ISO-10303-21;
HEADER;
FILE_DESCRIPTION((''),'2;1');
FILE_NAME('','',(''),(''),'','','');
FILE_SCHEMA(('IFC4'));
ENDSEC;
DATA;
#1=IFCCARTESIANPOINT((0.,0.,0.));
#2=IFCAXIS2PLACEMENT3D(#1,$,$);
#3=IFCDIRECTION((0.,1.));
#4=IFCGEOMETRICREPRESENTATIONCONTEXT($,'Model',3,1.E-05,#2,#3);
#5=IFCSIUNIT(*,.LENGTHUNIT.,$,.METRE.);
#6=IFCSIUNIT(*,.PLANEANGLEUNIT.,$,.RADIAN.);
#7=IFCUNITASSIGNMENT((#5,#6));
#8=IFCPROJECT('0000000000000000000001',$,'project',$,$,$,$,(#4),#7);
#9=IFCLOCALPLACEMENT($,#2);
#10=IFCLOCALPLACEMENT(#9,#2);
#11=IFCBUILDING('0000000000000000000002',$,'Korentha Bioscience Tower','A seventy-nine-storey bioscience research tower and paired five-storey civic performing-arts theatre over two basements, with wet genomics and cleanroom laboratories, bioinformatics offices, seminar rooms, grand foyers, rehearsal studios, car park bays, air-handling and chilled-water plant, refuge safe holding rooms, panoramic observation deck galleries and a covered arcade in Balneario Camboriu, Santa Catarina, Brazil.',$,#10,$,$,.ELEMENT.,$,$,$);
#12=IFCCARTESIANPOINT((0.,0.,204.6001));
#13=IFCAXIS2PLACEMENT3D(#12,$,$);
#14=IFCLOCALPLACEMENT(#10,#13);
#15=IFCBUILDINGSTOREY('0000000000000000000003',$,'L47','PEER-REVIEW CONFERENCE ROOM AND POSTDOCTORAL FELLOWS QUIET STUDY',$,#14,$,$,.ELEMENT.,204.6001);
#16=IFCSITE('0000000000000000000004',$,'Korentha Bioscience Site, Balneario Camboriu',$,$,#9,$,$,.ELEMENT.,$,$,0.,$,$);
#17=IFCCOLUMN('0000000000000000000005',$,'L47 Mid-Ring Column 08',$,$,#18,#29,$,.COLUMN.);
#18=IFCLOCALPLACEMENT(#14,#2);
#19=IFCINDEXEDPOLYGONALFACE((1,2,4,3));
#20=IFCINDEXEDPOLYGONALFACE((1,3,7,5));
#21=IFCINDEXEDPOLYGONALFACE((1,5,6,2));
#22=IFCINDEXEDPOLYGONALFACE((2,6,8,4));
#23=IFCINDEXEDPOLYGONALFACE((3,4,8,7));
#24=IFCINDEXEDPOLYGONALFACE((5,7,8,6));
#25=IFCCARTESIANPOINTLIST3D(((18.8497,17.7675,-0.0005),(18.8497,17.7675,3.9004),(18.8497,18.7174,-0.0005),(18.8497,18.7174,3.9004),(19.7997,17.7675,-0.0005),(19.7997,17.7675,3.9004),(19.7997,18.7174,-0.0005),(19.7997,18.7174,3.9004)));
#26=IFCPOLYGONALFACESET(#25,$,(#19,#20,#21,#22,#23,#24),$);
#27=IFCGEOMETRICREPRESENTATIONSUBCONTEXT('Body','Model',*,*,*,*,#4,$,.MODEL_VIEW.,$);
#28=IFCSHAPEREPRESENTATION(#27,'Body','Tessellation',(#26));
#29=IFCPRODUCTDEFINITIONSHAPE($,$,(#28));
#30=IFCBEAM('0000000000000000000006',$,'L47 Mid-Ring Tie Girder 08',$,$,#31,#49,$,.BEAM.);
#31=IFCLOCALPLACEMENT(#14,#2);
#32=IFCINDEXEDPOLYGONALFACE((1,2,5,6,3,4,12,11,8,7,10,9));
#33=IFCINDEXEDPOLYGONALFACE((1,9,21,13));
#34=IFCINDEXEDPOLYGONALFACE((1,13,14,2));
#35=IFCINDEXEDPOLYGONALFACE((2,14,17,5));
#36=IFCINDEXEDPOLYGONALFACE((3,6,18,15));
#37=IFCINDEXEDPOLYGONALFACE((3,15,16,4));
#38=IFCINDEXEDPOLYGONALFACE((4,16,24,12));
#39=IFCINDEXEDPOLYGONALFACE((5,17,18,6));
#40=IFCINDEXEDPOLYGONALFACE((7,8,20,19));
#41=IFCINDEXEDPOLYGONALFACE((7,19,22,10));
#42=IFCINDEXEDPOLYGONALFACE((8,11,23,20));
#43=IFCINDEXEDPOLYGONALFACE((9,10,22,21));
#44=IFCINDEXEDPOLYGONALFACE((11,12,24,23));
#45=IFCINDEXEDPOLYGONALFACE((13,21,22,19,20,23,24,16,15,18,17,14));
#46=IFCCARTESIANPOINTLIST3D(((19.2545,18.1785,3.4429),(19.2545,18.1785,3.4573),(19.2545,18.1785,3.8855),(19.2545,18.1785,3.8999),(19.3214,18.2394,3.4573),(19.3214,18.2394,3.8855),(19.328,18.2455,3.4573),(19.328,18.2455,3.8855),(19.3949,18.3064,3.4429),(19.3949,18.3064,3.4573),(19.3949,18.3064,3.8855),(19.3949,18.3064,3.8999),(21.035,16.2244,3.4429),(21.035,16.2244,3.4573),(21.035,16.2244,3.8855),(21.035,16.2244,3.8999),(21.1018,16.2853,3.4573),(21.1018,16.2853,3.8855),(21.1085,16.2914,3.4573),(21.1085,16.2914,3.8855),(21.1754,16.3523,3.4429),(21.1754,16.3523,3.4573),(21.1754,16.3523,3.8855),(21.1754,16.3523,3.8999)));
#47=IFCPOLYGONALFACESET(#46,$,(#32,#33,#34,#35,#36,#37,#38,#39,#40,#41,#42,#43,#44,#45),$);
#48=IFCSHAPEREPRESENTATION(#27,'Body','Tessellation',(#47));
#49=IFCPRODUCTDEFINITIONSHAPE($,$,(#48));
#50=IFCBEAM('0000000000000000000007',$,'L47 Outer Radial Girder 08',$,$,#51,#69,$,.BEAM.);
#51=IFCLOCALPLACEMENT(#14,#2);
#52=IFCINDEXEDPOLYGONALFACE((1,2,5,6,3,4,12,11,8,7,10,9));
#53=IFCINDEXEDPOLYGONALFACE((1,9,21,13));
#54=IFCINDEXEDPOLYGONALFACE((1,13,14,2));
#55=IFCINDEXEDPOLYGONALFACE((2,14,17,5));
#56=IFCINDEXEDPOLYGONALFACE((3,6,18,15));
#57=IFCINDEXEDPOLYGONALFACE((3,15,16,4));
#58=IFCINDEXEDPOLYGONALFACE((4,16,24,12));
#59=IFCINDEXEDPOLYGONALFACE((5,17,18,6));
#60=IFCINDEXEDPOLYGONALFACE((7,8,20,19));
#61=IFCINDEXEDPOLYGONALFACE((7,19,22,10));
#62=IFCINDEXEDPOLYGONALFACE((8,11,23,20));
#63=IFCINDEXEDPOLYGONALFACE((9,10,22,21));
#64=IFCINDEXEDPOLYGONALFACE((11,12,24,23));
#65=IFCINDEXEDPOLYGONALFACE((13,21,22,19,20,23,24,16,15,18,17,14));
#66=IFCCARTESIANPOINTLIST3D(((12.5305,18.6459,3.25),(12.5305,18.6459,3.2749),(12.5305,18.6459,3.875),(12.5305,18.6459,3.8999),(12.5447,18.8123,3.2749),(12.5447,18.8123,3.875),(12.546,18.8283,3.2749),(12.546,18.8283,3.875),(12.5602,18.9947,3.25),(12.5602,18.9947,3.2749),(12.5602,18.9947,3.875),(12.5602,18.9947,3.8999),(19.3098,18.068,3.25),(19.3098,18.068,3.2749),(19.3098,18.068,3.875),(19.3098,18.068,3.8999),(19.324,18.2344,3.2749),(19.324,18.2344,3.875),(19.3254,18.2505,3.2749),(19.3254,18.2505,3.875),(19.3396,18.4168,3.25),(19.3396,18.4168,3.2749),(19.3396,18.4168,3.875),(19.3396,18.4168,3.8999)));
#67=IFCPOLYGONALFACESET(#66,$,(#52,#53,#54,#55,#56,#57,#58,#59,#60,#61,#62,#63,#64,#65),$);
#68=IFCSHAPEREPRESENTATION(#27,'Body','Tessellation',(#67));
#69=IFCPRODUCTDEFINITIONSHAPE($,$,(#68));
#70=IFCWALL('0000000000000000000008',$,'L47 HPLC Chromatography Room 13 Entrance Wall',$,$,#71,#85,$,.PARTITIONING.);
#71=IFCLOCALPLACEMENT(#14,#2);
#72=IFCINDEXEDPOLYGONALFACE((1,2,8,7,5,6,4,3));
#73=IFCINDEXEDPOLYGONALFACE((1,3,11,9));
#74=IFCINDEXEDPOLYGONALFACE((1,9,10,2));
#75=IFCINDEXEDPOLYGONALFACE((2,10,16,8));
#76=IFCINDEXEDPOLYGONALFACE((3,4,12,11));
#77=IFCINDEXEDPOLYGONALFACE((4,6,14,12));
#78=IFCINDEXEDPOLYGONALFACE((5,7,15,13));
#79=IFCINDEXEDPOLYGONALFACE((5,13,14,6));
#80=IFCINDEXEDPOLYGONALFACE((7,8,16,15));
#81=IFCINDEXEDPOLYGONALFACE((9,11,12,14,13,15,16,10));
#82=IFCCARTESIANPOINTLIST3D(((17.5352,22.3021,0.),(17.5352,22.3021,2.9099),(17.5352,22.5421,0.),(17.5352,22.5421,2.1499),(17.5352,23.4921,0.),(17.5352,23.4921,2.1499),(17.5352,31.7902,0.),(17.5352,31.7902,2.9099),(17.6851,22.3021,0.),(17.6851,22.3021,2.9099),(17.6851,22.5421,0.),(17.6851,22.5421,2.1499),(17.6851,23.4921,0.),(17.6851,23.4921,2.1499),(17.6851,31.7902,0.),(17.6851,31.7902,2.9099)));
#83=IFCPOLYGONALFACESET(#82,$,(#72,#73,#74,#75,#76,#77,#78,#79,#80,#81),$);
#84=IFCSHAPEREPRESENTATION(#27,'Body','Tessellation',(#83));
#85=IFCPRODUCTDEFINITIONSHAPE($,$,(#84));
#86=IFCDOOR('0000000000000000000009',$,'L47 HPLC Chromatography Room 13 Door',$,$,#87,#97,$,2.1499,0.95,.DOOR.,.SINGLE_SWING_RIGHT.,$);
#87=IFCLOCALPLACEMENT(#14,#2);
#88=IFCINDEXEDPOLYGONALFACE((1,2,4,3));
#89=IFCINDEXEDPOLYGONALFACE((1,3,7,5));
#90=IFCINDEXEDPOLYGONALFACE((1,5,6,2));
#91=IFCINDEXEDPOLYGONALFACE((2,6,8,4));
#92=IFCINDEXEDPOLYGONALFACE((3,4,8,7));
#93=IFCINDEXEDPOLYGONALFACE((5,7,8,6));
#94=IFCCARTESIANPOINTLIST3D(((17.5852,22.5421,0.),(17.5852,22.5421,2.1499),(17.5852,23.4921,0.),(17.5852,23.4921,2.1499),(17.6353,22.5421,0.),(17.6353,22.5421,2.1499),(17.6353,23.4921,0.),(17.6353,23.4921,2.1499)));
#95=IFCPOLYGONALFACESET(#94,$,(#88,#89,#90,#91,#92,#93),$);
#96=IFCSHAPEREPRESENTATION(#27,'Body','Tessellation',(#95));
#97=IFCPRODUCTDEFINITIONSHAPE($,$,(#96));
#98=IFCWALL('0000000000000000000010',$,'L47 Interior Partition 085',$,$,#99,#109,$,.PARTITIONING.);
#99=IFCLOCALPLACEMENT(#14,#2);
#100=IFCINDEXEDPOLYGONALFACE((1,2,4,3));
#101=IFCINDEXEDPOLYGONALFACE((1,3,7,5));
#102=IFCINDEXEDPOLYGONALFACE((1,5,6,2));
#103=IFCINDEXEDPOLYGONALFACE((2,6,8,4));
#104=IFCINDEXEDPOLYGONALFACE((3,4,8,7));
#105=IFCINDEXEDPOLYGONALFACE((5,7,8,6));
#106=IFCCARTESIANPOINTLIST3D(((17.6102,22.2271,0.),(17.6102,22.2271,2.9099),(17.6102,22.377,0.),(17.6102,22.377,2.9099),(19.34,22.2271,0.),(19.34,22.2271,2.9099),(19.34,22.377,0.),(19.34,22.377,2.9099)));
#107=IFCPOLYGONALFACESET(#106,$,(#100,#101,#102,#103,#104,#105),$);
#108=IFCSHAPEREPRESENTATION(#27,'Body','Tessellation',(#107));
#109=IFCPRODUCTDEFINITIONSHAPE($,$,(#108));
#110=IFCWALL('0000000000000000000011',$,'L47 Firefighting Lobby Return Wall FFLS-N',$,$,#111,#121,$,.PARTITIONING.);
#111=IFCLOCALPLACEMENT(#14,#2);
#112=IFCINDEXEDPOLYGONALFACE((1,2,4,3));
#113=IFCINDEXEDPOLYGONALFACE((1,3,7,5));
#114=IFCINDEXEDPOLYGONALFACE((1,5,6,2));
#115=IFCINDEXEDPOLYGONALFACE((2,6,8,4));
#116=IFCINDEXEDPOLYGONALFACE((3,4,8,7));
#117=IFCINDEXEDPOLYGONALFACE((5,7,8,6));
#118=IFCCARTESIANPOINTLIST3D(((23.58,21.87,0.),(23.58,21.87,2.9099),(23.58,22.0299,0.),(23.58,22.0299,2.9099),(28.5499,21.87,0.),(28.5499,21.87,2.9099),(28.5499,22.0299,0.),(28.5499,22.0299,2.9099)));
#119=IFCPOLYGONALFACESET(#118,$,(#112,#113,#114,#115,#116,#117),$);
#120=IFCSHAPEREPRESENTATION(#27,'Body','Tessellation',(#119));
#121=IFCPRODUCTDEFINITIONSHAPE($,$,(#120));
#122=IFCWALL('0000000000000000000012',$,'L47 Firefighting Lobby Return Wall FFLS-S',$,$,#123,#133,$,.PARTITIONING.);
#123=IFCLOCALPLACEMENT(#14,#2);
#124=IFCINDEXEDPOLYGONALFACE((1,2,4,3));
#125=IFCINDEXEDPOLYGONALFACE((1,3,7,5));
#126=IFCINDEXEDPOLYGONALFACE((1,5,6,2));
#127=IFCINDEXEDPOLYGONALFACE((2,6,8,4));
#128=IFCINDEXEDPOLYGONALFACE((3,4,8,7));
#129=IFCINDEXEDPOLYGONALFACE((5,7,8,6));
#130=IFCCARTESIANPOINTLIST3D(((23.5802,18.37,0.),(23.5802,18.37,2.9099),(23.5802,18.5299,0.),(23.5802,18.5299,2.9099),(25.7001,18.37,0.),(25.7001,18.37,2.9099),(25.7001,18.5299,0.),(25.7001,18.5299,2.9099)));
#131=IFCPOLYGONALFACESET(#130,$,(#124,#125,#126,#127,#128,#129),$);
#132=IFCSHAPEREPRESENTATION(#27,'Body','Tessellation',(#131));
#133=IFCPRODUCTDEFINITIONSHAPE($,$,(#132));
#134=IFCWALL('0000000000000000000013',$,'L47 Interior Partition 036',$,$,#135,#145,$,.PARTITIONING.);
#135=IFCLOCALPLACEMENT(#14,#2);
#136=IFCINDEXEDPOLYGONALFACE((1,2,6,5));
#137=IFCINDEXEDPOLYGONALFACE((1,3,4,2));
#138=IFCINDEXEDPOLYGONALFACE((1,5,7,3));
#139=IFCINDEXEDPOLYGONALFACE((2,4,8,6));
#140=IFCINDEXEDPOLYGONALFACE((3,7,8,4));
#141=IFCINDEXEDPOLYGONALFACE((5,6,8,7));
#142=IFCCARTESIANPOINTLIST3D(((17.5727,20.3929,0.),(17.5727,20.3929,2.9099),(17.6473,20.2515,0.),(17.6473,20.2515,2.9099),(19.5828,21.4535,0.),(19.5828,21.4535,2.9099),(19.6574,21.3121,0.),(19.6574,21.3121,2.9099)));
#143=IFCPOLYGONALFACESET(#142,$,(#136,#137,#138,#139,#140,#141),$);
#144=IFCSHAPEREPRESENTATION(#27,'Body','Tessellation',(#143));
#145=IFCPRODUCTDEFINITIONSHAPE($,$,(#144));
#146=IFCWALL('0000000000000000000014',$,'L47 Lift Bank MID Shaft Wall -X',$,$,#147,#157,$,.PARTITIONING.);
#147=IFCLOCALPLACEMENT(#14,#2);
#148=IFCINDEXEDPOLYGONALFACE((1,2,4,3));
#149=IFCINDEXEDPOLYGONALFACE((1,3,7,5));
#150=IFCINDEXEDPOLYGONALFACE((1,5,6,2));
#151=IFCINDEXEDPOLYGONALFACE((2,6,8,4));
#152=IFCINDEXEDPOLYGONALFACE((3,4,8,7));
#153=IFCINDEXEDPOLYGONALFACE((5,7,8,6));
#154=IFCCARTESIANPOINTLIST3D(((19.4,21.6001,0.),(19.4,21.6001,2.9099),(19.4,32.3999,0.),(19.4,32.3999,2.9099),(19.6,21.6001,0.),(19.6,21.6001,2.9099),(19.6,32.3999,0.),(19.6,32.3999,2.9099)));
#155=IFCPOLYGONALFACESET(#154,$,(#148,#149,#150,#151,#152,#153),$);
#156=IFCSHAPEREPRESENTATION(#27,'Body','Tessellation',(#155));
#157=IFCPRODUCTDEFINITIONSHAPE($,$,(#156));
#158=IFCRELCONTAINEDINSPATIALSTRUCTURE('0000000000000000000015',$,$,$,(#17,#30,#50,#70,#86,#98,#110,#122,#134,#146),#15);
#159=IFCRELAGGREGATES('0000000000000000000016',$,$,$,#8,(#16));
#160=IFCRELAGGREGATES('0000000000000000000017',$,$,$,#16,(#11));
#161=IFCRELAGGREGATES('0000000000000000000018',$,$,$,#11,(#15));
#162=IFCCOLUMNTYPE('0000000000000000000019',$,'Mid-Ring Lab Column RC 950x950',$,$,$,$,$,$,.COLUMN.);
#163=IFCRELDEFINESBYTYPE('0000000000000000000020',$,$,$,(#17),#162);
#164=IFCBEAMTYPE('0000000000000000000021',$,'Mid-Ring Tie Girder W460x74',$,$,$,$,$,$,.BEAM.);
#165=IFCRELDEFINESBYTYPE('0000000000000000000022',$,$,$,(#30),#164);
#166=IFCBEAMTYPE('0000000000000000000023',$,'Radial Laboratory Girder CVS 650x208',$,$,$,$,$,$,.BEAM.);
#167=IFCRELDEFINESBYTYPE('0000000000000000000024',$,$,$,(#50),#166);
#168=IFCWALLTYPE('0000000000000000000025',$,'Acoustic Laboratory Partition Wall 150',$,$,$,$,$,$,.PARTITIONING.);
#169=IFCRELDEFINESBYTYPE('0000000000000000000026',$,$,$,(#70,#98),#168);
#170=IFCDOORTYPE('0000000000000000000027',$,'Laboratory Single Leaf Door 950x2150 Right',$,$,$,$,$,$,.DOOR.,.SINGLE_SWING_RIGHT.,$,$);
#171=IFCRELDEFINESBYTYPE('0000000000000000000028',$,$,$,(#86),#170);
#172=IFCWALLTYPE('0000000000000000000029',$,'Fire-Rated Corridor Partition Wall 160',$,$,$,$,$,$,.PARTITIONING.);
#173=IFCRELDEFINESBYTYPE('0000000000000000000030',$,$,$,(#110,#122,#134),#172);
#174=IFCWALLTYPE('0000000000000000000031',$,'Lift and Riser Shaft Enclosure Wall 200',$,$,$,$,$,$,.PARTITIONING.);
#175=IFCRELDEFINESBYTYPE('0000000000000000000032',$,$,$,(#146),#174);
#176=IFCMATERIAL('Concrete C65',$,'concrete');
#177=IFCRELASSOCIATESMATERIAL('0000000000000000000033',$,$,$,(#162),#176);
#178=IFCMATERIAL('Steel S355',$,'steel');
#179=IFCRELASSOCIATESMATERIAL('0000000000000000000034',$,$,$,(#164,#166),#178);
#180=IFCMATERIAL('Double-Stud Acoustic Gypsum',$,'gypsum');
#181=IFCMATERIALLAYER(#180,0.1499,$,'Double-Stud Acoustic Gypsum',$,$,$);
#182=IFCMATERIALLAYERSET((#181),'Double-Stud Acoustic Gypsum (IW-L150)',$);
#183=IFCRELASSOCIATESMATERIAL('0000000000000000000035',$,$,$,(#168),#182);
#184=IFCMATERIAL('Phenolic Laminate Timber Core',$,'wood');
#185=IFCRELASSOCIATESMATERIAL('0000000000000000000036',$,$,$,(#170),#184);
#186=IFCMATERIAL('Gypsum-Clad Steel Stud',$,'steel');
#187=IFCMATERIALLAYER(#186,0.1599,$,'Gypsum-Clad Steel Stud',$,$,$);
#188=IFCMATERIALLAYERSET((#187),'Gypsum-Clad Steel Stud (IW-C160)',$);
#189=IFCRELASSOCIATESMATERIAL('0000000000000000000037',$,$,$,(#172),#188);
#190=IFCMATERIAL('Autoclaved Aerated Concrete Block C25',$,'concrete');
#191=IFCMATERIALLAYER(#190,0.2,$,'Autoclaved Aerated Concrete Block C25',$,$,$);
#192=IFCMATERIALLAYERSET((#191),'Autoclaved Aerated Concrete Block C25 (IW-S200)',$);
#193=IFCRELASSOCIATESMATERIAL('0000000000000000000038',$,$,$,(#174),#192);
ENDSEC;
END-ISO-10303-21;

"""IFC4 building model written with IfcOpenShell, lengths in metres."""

from ifc_helpers import new_model, si_unit, direction, frame, frame_2d, origin, origin_2d, place, context, subcontext, project, spatial, rectangle, i_section, extrude, material, layer, layer_set, material_profile, profile_set, type_object, element, fill, save


model = new_model("IFC4")

# Units and contexts
model_context = context("Model", 3, precision=1e-05, world=origin(), true_north=direction((0.0, 1.0)))
body_context = subcontext(model_context, "Body", "Model", "MODEL_VIEW")
ifc_project = project(units=[si_unit("LENGTHUNIT", "METRE"), si_unit("PLANEANGLEUNIT", "RADIAN")], contexts=[model_context])

# Site, building, storey
site_placement = place(None, origin())
site = spatial("IfcSite", under=ifc_project, at=site_placement, Name="Korentha Bioscience Site, Balneario Camboriu", CompositionType="ELEMENT", RefElevation=0.0)
building_placement = place(site_placement, origin())
building = spatial("IfcBuilding", under=site, at=building_placement, Name="Korentha Bioscience Tower", Description="A seventy-nine-storey bioscience research tower and paired five-storey civic performing-arts theatre over two basements, with wet genomics and cleanroom laboratories, bioinformatics offices, seminar rooms, grand foyers, rehearsal studios, car park bays, air-handling and chilled-water plant, refuge safe holding rooms, panoramic observation deck galleries and a covered arcade in Balneario Camboriu, Santa Catarina, Brazil.", CompositionType="ELEMENT")
storey_placement = place(building_placement, frame((0.0, 0.0, 204.6001)))
storey = spatial("IfcBuildingStorey", under=building, at=storey_placement, Name="L47", Description="PEER-REVIEW CONFERENCE ROOM AND POSTDOCTORAL FELLOWS QUIET STUDY", CompositionType="ELEMENT", Elevation=204.6001)

# Column
ifc_material_1 = material(Name="Concrete C65", Category="concrete")
ifc_material_profile_1 = material_profile(ifc_material_1, rectangle(XDim=0.95, YDim=0.95, at=origin_2d()), Name="Concrete C65")
ifc_profile_set_1 = profile_set([ifc_material_profile_1], Name="Concrete C65 (COL-MR09)")
column_type = type_object("IfcColumnType", Name="Mid-Ring Lab Column RC 950x950", PredefinedType="COLUMN", material=ifc_profile_set_1)
column_placement = place(storey_placement, frame((19.3247, 18.2424, -0.0005), z_axis=(0.0, 0.0, 1.0), x_axis=(1.0, 0.0, 0.0)))
element("IfcColumn", 1, at=column_placement, inside=storey, type_object=column_type, Name="L47 Mid-Ring Column 08", PredefinedType="COLUMN", context=body_context, shape_type="SweptSolid", body=[
    extrude(rectangle(XDim=0.95, YDim=0.95, at=origin_2d()), origin(), (0.0, 0.0, 1.0), 3.9009),
])

# Beams
ifc_material_2 = material(Name="Steel S355", Category="steel")
ifc_material_profile_2 = material_profile(ifc_material_2, i_section(OverallWidth=0.1899, OverallDepth=0.457, WebThickness=0.009, FlangeThickness=0.0144, at=origin_2d()), Name="Steel S355")
ifc_profile_set_2 = profile_set([ifc_material_profile_2], Name="Steel S355 (MB-460)")
beam_type_1 = type_object("IfcBeamType", Name="Mid-Ring Tie Girder W460x74", PredefinedType="BEAM", material=ifc_profile_set_2)
beam_1_placement = place(storey_placement, frame((19.3247, 18.2424, 3.6714), z_axis=(0.673514, -0.739175, 0.0), x_axis=(0.739175, 0.673514, 0.0)))
element("IfcBeam", 2, at=beam_1_placement, inside=storey, type_object=beam_type_1, Name="L47 Mid-Ring Tie Girder 08", PredefinedType="BEAM", context=body_context, shape_type="SweptSolid", body=[
    extrude(i_section(OverallWidth=0.1899, OverallDepth=0.457, WebThickness=0.009, FlangeThickness=0.0144, at=origin_2d()), origin(), (0.0, 0.0, 1.0), 2.6436),
])
ifc_material_profile_3 = material_profile(ifc_material_2, i_section(OverallWidth=0.3501, OverallDepth=0.6499, WebThickness=0.0161, FlangeThickness=0.0249, at=origin_2d()), Name="Steel S355")
ifc_profile_set_3 = profile_set([ifc_material_profile_3], Name="Steel S355 (RB-650)")
beam_type_2 = type_object("IfcBeamType", Name="Radial Laboratory Girder CVS 650x208", PredefinedType="BEAM", material=ifc_profile_set_3)
beam_2_placement = place(storey_placement, frame((19.3247, 18.2424, 3.575), z_axis=(-0.996387, 0.084934, 0.0), x_axis=(-0.084934, -0.996387, 0.0)))
element("IfcBeam", 3, at=beam_2_placement, inside=storey, type_object=beam_type_2, Name="L47 Outer Radial Girder 08", PredefinedType="BEAM", context=body_context, shape_type="SweptSolid", body=[
    extrude(i_section(OverallWidth=0.3501, OverallDepth=0.6499, WebThickness=0.0161, FlangeThickness=0.0249, at=origin_2d()), origin(), (0.0, 0.0, 1.0), 6.804),
])

# Wall, opening, door
ifc_material_3 = material(Name="Double-Stud Acoustic Gypsum", Category="gypsum")
ifc_layer_1 = layer(ifc_material_3, 0.1499, Name="Double-Stud Acoustic Gypsum")
ifc_layer_set_1 = layer_set([ifc_layer_1], Name="Double-Stud Acoustic Gypsum (IW-L150)")
wall_type_1 = type_object("IfcWallType", Name="Acoustic Laboratory Partition Wall 150", PredefinedType="PARTITIONING", material=ifc_layer_set_1)
wall_1_placement = place(storey_placement, frame((17.6101, 22.302, 0.0), z_axis=(0.0, 0.0, 1.0), x_axis=(0.0, 1.0, 0.0)))
wall_1 = element("IfcWall", 4, at=wall_1_placement, inside=storey, type_object=wall_type_1, Name="L47 HPLC Chromatography Room 13 Entrance Wall", PredefinedType="PARTITIONING", context=body_context, shape_type="SweptSolid", body=[
    extrude(rectangle(XDim=9.488, YDim=0.1499, at=frame_2d((4.7441, 0.0))), origin(), (0.0, 0.0, 1.0), 2.9099),
])
opening_1_placement = place(wall_1_placement, frame((0.24, 0.0, 0.0)))
opening_1 = element("IfcOpeningElement", 5, at=opening_1_placement, cuts=wall_1, PredefinedType="OPENING", context=body_context, shape_type="SweptSolid", body=[
    extrude(rectangle(XDim=0.95, YDim=2.1499, at=frame_2d((0.4751, 1.075))), frame((0.0, 0.0898, 0.0), z_axis=(0.0, -1.0, 0.0), x_axis=(1.0, 0.0, 0.0)), (0.0, 0.0, 1.0), 0.1797),
])
ifc_material_4 = material(Name="Phenolic Laminate Timber Core", Category="wood")
door_type_1 = type_object("IfcDoorType", Name="Laboratory Single Leaf Door 950x2150 Right", OperationType="SINGLE_SWING_RIGHT", PredefinedType="DOOR", material=ifc_material_4)
door_1_placement = place(opening_1_placement, origin())
door_1 = element("IfcDoor", 6, at=door_1_placement, inside=storey, type_object=door_type_1, Name="L47 HPLC Chromatography Room 13 Door", OperationType="SINGLE_SWING_RIGHT", OverallHeight=2.1499, OverallWidth=0.95, PredefinedType="DOOR", context=body_context, shape_type="SweptSolid", body=[
    extrude(rectangle(XDim=0.95, YDim=2.1499, at=frame_2d((0.4751, 1.075))), frame((0.0, 0.0249, 0.0), z_axis=(0.0, -1.0, 0.0), x_axis=(1.0, 0.0, 0.0)), (0.0, 0.0, 1.0), 0.05),
])
fill(opening_1, door_1)

# Wall
wall_2_placement = place(storey_placement, frame((19.3398, 22.302, 0.0), z_axis=(0.0, 0.0, 1.0), x_axis=(-1.0, 0.0, 0.0)))
element("IfcWall", 7, at=wall_2_placement, inside=storey, type_object=wall_type_1, Name="L47 Interior Partition 085", PredefinedType="PARTITIONING", context=body_context, shape_type="SweptSolid", body=[
    extrude(rectangle(XDim=1.7297, YDim=0.1499, at=frame_2d((0.8647, 0.0))), origin(), (0.0, 0.0, 1.0), 2.9099),
])

# Shared definitions
ifc_material_5 = material(Name="Gypsum-Clad Steel Stud", Category="steel")
ifc_layer_2 = layer(ifc_material_5, 0.1599, Name="Gypsum-Clad Steel Stud")
ifc_layer_set_2 = layer_set([ifc_layer_2], Name="Gypsum-Clad Steel Stud (IW-C160)")
wall_type_2 = type_object("IfcWallType", Name="Fire-Rated Corridor Partition Wall 160", PredefinedType="PARTITIONING", material=ifc_layer_set_2)

# Walls
wall_3_placement = place(storey_placement, frame((23.5801, 21.95, 0.0), z_axis=(0.0, 0.0, 1.0), x_axis=(1.0, 0.0, 0.0)))
element("IfcWall", 8, at=wall_3_placement, inside=storey, type_object=wall_type_2, Name="L47 Firefighting Lobby Return Wall FFLS-N", PredefinedType="PARTITIONING", context=body_context, shape_type="SweptSolid", body=[
    extrude(rectangle(XDim=4.97, YDim=0.1599, at=frame_2d((2.4849, 0.0))), origin(), (0.0, 0.0, 1.0), 2.9099),
])
wall_4_placement = place(storey_placement, frame((23.5801, 18.45, 0.0), z_axis=(0.0, 0.0, 1.0), x_axis=(1.0, 0.0, 0.0)))
element("IfcWall", 9, at=wall_4_placement, inside=storey, type_object=wall_type_2, Name="L47 Firefighting Lobby Return Wall FFLS-S", PredefinedType="PARTITIONING", context=body_context, shape_type="SweptSolid", body=[
    extrude(rectangle(XDim=2.1199, YDim=0.1599, at=frame_2d((1.0601, 0.0))), origin(), (0.0, 0.0, 1.0), 2.9099),
])

# Walls
wall_5_placement = place(storey_placement, frame((17.6101, 20.3223, 0.0), z_axis=(0.0, 0.0, 1.0), x_axis=(0.884438, 0.466658, 0.0)))
element("IfcWall", 10, at=wall_5_placement, inside=storey, type_object=wall_type_2, Name="L47 Interior Partition 036", PredefinedType="PARTITIONING", context=body_context, shape_type="SweptSolid", body=[
    extrude(rectangle(XDim=2.2727, YDim=0.1599, at=frame_2d((1.1362, 0.0))), origin(), (0.0, 0.0, 1.0), 2.9099),
])
ifc_material_6 = material(Name="Autoclaved Aerated Concrete Block C25", Category="concrete")
ifc_layer_3 = layer(ifc_material_6, 0.2, Name="Autoclaved Aerated Concrete Block C25")
ifc_layer_set_3 = layer_set([ifc_layer_3], Name="Autoclaved Aerated Concrete Block C25 (IW-S200)")
wall_type_3 = type_object("IfcWallType", Name="Lift and Riser Shaft Enclosure Wall 200", PredefinedType="PARTITIONING", material=ifc_layer_set_3)
wall_6_placement = place(storey_placement, frame((19.5, 21.6001, 0.0), z_axis=(0.0, 0.0, 1.0), x_axis=(0.0, 1.0, 0.0)))
element("IfcWall", 11, at=wall_6_placement, inside=storey, type_object=wall_type_3, Name="L47 Lift Bank MID Shaft Wall -X", PredefinedType="PARTITIONING", context=body_context, shape_type="SweptSolid", body=[
    extrude(rectangle(XDim=10.7998, YDim=0.2, at=frame_2d((5.3999, 0.0))), origin(), (0.0, 0.0, 1.0), 2.9099),
])

save(model, "model.ifc")
